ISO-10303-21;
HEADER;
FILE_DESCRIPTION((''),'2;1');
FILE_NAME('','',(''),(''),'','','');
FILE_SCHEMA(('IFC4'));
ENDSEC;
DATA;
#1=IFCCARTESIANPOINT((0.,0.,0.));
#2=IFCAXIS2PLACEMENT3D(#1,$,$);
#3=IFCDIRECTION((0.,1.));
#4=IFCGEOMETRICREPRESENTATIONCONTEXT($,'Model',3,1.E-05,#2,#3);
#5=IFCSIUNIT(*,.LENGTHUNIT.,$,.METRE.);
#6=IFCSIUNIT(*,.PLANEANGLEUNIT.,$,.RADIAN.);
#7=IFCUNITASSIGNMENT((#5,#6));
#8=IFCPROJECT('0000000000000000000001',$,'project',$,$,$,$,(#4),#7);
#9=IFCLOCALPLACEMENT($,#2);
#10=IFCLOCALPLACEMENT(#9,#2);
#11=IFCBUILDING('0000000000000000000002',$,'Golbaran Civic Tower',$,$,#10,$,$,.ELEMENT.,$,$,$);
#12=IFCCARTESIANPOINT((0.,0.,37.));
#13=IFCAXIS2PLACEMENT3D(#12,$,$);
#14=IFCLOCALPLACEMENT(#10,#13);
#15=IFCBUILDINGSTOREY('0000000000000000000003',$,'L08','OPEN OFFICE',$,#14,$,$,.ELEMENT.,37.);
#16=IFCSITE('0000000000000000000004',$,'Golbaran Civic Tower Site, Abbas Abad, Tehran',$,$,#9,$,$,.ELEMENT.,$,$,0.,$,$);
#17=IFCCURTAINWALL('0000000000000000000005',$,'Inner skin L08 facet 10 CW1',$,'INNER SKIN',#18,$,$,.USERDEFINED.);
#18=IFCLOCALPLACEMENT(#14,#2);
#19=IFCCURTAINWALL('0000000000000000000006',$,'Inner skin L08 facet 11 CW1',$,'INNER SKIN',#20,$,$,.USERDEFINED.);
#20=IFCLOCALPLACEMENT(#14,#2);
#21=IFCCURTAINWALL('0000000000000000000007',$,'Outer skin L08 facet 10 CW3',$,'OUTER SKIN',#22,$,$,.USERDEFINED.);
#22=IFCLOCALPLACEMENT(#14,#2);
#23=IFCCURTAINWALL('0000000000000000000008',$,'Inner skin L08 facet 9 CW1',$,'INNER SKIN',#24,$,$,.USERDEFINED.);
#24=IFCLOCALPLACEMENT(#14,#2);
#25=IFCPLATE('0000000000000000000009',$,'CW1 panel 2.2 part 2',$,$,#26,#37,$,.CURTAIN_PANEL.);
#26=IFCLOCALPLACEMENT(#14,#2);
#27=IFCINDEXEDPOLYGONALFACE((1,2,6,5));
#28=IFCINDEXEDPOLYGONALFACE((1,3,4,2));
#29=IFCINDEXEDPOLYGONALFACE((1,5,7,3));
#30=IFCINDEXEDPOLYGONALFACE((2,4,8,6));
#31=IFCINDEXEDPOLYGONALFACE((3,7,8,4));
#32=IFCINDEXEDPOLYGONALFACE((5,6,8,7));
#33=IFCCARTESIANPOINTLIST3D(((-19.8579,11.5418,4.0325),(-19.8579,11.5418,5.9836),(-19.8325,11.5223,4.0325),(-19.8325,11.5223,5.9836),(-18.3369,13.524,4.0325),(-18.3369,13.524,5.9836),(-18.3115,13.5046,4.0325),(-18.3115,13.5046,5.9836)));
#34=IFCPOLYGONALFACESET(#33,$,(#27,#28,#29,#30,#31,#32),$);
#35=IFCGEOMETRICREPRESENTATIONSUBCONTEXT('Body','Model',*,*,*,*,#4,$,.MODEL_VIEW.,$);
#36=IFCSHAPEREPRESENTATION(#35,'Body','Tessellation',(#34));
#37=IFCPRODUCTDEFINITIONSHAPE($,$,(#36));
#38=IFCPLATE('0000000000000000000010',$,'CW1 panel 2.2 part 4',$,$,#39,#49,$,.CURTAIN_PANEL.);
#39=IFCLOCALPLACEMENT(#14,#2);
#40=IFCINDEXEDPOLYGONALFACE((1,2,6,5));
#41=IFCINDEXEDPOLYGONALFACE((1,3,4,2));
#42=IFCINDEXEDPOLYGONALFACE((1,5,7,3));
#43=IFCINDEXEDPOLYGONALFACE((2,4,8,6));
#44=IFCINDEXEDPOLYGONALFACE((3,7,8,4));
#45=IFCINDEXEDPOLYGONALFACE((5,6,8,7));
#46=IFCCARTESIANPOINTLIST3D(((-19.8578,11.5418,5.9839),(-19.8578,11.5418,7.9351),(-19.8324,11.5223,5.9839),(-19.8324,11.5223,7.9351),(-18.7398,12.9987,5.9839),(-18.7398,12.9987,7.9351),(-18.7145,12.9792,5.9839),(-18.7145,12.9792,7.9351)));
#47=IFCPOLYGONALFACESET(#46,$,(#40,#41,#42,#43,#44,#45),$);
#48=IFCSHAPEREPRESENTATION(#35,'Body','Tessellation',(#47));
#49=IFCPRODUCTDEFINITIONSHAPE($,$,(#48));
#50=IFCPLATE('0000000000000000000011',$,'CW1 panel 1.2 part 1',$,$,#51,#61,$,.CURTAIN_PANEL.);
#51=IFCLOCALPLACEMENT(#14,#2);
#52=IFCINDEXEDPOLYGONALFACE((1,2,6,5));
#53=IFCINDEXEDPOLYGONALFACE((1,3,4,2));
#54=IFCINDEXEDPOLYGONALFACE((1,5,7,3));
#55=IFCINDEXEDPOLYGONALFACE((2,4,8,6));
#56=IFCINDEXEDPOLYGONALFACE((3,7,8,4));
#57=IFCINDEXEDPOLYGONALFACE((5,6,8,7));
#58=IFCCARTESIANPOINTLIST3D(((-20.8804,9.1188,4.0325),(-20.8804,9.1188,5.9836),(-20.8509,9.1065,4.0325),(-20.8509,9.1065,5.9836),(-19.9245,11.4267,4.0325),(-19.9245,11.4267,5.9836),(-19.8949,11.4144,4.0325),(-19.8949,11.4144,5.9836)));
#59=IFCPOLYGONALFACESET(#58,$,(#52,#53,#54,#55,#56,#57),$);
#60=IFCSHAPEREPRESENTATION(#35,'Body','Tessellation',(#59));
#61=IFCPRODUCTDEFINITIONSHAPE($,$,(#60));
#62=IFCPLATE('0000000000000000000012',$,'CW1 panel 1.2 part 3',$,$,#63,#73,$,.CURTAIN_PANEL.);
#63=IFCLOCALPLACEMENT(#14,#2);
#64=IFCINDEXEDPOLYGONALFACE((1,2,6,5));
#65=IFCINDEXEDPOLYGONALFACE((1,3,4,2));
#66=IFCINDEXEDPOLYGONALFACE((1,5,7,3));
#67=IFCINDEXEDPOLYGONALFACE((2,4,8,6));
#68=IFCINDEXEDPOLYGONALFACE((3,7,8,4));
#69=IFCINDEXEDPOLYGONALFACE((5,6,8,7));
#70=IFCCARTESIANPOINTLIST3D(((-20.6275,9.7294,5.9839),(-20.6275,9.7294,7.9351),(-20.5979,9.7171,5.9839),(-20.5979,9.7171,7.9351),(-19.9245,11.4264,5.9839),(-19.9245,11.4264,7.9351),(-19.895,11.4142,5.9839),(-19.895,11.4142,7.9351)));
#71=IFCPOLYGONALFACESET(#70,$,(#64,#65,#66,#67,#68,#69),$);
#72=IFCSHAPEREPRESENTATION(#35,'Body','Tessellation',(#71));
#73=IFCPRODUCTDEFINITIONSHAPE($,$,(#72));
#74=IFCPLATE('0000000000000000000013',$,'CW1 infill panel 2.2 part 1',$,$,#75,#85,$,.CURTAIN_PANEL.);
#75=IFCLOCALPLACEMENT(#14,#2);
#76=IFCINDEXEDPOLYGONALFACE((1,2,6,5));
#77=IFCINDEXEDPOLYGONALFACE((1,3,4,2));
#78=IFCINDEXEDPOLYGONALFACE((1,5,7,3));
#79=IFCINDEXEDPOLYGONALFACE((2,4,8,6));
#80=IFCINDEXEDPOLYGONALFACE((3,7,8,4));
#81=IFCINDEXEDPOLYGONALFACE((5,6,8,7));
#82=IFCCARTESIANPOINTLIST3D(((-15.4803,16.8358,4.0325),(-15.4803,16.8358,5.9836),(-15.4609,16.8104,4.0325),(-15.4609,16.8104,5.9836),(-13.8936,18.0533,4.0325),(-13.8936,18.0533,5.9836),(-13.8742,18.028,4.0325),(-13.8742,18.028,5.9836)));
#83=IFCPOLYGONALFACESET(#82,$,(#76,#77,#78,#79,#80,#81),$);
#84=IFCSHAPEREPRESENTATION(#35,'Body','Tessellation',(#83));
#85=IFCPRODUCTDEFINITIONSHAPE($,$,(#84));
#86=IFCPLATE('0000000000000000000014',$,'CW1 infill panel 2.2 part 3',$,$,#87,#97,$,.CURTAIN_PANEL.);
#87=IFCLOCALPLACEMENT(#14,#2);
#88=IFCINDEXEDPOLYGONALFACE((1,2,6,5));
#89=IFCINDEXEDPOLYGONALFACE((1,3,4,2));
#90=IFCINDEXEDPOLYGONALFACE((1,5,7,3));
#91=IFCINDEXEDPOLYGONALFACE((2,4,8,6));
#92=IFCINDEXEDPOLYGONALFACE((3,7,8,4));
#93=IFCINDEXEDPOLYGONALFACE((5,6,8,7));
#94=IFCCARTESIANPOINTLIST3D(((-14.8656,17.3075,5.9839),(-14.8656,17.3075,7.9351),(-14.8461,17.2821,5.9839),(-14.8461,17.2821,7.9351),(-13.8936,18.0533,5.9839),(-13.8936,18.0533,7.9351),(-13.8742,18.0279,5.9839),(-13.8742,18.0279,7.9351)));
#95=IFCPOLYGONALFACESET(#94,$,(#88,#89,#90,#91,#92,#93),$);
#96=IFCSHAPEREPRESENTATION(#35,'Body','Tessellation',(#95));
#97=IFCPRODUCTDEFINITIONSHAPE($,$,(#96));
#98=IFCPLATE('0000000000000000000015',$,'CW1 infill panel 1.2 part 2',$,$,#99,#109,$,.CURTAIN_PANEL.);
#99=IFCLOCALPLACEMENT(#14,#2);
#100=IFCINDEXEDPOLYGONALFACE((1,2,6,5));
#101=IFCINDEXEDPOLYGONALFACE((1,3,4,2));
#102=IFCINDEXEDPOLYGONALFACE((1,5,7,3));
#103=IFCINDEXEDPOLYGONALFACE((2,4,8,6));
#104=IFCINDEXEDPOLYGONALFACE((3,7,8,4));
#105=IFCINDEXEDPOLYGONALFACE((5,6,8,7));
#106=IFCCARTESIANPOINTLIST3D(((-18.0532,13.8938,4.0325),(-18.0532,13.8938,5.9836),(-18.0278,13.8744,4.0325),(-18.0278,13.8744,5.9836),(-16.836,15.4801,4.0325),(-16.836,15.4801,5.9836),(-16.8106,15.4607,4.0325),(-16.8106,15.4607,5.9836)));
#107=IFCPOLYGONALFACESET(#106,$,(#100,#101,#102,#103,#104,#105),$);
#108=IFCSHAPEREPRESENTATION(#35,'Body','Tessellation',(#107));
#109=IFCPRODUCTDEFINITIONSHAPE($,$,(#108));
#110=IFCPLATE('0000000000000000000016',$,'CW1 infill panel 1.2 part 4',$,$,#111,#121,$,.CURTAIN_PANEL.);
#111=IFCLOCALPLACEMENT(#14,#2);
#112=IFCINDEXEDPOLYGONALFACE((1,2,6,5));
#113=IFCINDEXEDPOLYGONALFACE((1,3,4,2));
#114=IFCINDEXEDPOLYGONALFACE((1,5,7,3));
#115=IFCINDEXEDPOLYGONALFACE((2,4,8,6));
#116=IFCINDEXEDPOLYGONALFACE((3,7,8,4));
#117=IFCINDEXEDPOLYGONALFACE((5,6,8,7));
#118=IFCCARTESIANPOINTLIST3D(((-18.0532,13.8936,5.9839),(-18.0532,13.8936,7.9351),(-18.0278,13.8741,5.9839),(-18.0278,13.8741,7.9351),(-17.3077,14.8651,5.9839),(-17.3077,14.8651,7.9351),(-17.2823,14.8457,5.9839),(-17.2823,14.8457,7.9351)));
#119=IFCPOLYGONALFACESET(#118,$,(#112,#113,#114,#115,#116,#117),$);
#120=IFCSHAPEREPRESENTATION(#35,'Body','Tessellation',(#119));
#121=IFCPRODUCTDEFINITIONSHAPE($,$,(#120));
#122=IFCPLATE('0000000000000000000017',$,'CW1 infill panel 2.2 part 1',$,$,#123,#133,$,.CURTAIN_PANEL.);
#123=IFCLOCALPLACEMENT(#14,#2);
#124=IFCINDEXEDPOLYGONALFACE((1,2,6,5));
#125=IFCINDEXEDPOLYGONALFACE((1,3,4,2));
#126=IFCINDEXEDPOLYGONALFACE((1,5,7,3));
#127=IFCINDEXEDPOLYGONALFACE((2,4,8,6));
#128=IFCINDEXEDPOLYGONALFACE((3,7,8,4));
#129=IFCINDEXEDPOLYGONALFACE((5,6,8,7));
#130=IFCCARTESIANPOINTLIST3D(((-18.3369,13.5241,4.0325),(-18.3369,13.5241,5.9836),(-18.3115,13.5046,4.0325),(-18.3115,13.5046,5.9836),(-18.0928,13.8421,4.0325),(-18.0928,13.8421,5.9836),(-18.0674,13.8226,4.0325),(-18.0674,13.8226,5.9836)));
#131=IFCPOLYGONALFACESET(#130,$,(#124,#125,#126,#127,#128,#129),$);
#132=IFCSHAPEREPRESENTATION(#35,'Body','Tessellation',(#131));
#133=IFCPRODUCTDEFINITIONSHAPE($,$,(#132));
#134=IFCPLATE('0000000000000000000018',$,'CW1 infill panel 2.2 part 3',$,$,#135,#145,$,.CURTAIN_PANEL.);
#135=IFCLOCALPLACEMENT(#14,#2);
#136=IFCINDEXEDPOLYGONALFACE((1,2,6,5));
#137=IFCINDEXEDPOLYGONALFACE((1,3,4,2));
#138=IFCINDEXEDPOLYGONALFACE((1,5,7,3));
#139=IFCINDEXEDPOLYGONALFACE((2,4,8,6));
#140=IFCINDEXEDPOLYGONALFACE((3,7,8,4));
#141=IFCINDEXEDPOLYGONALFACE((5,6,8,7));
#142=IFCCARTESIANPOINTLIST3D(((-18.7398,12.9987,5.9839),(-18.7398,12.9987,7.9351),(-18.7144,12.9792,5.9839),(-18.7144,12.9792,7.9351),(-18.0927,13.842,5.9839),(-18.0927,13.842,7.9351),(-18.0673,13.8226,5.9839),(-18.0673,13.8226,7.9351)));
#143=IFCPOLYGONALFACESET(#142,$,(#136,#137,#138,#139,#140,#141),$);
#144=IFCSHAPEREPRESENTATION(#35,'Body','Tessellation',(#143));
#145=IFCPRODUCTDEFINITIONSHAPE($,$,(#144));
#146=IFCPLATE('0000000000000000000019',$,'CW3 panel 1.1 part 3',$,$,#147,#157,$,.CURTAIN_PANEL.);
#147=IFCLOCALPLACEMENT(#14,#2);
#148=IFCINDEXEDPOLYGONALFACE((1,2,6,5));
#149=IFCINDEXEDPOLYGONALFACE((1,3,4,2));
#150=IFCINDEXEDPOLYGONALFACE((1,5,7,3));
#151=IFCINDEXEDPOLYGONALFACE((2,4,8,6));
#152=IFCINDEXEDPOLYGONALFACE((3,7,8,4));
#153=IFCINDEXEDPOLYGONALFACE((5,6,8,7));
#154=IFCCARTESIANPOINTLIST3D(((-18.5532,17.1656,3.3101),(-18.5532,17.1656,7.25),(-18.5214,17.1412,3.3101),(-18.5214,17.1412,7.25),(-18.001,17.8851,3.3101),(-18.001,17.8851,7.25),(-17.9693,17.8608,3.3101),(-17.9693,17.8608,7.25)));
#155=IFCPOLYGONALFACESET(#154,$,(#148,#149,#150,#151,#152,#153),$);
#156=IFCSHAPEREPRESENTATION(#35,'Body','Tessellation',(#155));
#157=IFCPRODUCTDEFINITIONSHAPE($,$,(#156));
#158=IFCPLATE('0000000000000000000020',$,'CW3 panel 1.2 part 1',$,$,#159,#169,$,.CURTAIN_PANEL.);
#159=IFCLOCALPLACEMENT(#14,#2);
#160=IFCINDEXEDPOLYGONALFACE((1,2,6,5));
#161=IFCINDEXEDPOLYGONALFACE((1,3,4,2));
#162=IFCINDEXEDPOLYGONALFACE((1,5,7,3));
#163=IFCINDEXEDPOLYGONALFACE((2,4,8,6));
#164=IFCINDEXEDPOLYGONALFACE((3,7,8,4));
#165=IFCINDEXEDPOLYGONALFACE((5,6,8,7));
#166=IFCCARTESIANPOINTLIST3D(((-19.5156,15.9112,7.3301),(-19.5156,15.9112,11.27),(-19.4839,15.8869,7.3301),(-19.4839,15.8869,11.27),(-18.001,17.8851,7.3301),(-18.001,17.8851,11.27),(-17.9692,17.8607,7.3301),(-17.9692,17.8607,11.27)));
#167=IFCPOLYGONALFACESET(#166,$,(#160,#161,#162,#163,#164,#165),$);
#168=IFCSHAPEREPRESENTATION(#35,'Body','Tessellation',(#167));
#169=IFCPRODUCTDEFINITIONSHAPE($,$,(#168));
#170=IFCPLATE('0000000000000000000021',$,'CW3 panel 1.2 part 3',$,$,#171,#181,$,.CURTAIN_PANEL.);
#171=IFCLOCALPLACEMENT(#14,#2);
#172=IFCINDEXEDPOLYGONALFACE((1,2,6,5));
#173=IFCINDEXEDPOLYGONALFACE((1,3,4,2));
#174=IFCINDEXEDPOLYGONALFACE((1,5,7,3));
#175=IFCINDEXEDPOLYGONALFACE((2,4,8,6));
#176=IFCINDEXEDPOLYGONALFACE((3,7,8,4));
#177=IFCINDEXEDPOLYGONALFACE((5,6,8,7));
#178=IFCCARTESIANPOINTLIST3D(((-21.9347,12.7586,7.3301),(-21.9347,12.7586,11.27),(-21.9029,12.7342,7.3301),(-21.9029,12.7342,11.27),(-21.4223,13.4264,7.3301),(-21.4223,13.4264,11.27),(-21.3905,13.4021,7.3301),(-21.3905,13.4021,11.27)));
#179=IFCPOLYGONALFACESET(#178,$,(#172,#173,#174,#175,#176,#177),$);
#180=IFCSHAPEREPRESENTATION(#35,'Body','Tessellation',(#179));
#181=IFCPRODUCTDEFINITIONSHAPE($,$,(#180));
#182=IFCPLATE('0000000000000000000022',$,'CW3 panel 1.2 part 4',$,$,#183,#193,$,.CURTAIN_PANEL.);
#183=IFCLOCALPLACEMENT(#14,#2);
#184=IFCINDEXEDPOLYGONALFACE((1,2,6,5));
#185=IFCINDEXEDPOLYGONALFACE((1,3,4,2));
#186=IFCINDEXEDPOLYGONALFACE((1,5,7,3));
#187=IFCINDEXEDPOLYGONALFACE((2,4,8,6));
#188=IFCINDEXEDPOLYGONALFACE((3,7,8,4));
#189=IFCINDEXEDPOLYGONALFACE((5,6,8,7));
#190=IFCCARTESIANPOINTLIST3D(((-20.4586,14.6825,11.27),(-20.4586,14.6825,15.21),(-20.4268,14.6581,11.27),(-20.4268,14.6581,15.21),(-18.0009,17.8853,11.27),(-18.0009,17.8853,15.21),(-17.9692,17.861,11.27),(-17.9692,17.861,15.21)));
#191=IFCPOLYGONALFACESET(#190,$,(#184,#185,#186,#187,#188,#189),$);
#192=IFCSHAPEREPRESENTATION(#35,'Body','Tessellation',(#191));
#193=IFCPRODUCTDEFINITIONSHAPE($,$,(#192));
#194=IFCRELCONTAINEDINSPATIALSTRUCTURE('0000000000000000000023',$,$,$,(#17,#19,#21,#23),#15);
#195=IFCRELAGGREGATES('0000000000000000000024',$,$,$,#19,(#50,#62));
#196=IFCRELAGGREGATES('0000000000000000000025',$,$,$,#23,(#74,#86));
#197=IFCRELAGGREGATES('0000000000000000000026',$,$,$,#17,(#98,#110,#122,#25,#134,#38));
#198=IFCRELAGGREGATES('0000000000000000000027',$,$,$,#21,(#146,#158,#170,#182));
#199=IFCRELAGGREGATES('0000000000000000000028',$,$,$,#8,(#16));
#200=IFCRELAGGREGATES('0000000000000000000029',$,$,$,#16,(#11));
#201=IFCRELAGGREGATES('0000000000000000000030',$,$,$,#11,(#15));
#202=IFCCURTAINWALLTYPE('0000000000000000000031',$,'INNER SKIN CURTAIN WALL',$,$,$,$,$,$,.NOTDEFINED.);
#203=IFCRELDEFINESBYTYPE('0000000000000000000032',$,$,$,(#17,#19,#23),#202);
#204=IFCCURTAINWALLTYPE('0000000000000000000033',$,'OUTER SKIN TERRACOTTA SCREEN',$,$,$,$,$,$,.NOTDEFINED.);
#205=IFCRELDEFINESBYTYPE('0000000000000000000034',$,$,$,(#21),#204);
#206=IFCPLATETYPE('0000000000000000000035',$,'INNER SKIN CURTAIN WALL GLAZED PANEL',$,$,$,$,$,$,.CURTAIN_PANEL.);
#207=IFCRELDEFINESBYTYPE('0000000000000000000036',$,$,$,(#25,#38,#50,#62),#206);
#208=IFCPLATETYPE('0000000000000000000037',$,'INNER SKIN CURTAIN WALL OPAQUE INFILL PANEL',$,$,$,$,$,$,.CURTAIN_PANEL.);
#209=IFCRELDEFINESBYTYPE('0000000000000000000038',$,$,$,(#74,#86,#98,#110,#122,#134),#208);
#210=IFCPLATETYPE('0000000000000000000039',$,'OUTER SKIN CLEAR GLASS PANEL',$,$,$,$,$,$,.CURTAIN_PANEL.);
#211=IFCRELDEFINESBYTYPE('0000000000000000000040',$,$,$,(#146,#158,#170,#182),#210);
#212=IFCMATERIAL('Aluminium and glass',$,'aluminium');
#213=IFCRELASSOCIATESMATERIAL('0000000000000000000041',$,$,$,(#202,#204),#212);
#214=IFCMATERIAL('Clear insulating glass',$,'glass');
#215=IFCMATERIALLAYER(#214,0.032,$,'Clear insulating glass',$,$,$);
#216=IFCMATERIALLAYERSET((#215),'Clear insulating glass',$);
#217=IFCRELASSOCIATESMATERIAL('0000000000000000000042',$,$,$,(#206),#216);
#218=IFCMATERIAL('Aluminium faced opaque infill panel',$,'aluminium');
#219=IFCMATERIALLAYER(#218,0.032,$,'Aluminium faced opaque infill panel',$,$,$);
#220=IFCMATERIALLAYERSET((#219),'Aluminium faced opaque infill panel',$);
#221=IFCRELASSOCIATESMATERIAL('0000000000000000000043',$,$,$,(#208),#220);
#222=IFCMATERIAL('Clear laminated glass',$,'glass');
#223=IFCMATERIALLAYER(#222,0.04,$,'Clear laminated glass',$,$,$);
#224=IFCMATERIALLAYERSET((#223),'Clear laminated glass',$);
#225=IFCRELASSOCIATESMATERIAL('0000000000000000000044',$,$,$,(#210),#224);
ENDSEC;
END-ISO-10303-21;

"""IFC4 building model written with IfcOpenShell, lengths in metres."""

from ifc_helpers import new_model, si_unit, direction, frame, origin, origin_2d, place, context, subcontext, project, spatial, rectangle, extrude, material, layer, layer_set, type_object, element, aggregate, save


model = new_model("IFC4")

# Units and contexts
model_context = context("Model", 3, precision=1e-05, world=origin(), true_north=direction((0.0, 1.0)))
body_context = subcontext(model_context, "Body", "Model", "MODEL_VIEW")
ifc_project = project(units=[si_unit("LENGTHUNIT", "METRE"), si_unit("PLANEANGLEUNIT", "RADIAN")], contexts=[model_context])

# Site, building, storey
site_placement = place(None, origin())
site = spatial("IfcSite", under=ifc_project, at=site_placement, Name="Golbaran Civic Tower Site, Abbas Abad, Tehran", CompositionType="ELEMENT", RefElevation=0.0)
building_placement = place(site_placement, origin())
building = spatial("IfcBuilding", under=site, at=building_placement, Name="Golbaran Civic Tower", CompositionType="ELEMENT")
storey_placement = place(building_placement, frame((0.0, 0.0, 37.0)))
storey = spatial("IfcBuildingStorey", under=building, at=storey_placement, Name="L08", Description="OPEN OFFICE", CompositionType="ELEMENT", Elevation=37.0)

# Curtain walls
ifc_material_1 = material(Name="Aluminium and glass", Category="aluminium")
curtain_wall_type_1 = type_object("IfcCurtainWallType", Name="INNER SKIN CURTAIN WALL", PredefinedType="NOTDEFINED", material=ifc_material_1)
curtain_wall_1_placement = place(storey_placement, origin())
curtain_wall_1 = element("IfcCurtainWall", 1, at=curtain_wall_1_placement, inside=storey, type_object=curtain_wall_type_1, Name="Inner skin L08 facet 10 CW1", ObjectType="INNER SKIN", PredefinedType="USERDEFINED")
curtain_wall_2_placement = place(storey_placement, origin())
curtain_wall_2 = element("IfcCurtainWall", 2, at=curtain_wall_2_placement, inside=storey, type_object=curtain_wall_type_1, Name="Inner skin L08 facet 11 CW1", ObjectType="INNER SKIN", PredefinedType="USERDEFINED")
curtain_wall_type_2 = type_object("IfcCurtainWallType", Name="OUTER SKIN TERRACOTTA SCREEN", PredefinedType="NOTDEFINED", material=ifc_material_1)
curtain_wall_3_placement = place(storey_placement, origin())
curtain_wall_3 = element("IfcCurtainWall", 3, at=curtain_wall_3_placement, inside=storey, type_object=curtain_wall_type_2, Name="Outer skin L08 facet 10 CW3", ObjectType="OUTER SKIN", PredefinedType="USERDEFINED")

# Curtain wall
curtain_wall_4_placement = place(storey_placement, origin())
curtain_wall_4 = element("IfcCurtainWall", 4, at=curtain_wall_4_placement, inside=storey, type_object=curtain_wall_type_1, Name="Inner skin L08 facet 9 CW1", ObjectType="INNER SKIN", PredefinedType="USERDEFINED")
ifc_material_2 = material(Name="Clear insulating glass", Category="glass")
ifc_layer_1 = layer(ifc_material_2, 0.032, Name="Clear insulating glass")
ifc_layer_set_1 = layer_set([ifc_layer_1], Name="Clear insulating glass")
plate_type_1 = type_object("IfcPlateType", Name="INNER SKIN CURTAIN WALL GLAZED PANEL", PredefinedType="CURTAIN_PANEL", material=ifc_layer_set_1)

# Plates
plate_1_placement = place(storey_placement, frame((-19.0847, 12.5232, 4.0325), z_axis=(0.0, 0.0, 1.0), x_axis=(-0.608761, -0.793353, 0.0)))
plate_1 = element("IfcPlate", 5, at=plate_1_placement, type_object=plate_type_1, Name="CW1 panel 2.2 part 2", PredefinedType="CURTAIN_PANEL", context=body_context, shape_type="SweptSolid", body=[
    extrude(rectangle(XDim=2.4985, YDim=0.032, at=origin_2d()), origin(), (0.0, 0.0, 1.0), 1.9512),
])
plate_2_placement = place(storey_placement, frame((-19.2861, 12.2605, 5.9839), z_axis=(0.0, 0.0, 1.0), x_axis=(-0.608761, -0.793353, 0.0)))
plate_2 = element("IfcPlate", 6, at=plate_2_placement, type_object=plate_type_1, Name="CW1 panel 2.2 part 4", PredefinedType="CURTAIN_PANEL", context=body_context, shape_type="SweptSolid", body=[
    extrude(rectangle(XDim=1.8364, YDim=0.032, at=origin_2d()), origin(), (0.0, 0.0, 1.0), 1.9512),
])
plate_3_placement = place(storey_placement, frame((-20.3877, 10.2666, 4.0325), z_axis=(0.0, 0.0, 1.0), x_axis=(-0.382683, -0.92388, 0.0)))
plate_3 = element("IfcPlate", 7, at=plate_3_placement, type_object=plate_type_1, Name="CW1 panel 1.2 part 1", PredefinedType="CURTAIN_PANEL", context=body_context, shape_type="SweptSolid", body=[
    extrude(rectangle(XDim=2.498, YDim=0.032, at=origin_2d()), origin(), (0.0, 0.0, 1.0), 1.9512),
])
plate_4_placement = place(storey_placement, frame((-20.2612, 10.5718, 5.9839), z_axis=(0.0, 0.0, 1.0), x_axis=(-0.382683, -0.92388, 0.0)))
plate_4 = element("IfcPlate", 8, at=plate_4_placement, type_object=plate_type_1, Name="CW1 panel 1.2 part 3", PredefinedType="CURTAIN_PANEL", context=body_context, shape_type="SweptSolid", body=[
    extrude(rectangle(XDim=1.8369, YDim=0.032, at=origin_2d()), origin(), (0.0, 0.0, 1.0), 1.9512),
])
aggregate(curtain_wall_2, [plate_3, plate_4])
ifc_material_3 = material(Name="Aluminium faced opaque infill panel", Category="aluminium")
ifc_layer_2 = layer(ifc_material_3, 0.032, Name="Aluminium faced opaque infill panel")
ifc_layer_set_2 = layer_set([ifc_layer_2], Name="Aluminium faced opaque infill panel")
plate_type_2 = type_object("IfcPlateType", Name="INNER SKIN CURTAIN WALL OPAQUE INFILL PANEL", PredefinedType="CURTAIN_PANEL", material=ifc_layer_set_2)
plate_5_placement = place(storey_placement, frame((-14.6772, 17.4319, 4.0325), z_axis=(0.0, 0.0, 1.0), x_axis=(-0.793353, -0.608761, 0.0)))
plate_5 = element("IfcPlate", 9, at=plate_5_placement, type_object=plate_type_2, Name="CW1 infill panel 2.2 part 1", PredefinedType="CURTAIN_PANEL", context=body_context, shape_type="SweptSolid", body=[
    extrude(rectangle(XDim=2.0, YDim=0.032, at=origin_2d()), origin(), (0.0, 0.0, 1.0), 1.9512),
])
plate_6_placement = place(storey_placement, frame((-14.3699, 17.6677, 5.9839), z_axis=(0.0, 0.0, 1.0), x_axis=(-0.793353, -0.608761, 0.0)))
plate_6 = element("IfcPlate", 10, at=plate_6_placement, type_object=plate_type_2, Name="CW1 infill panel 2.2 part 3", PredefinedType="CURTAIN_PANEL", context=body_context, shape_type="SweptSolid", body=[
    extrude(rectangle(XDim=1.2251, YDim=0.032, at=origin_2d()), origin(), (0.0, 0.0, 1.0), 1.9512),
])
aggregate(curtain_wall_4, [plate_5, plate_6])
plate_7_placement = place(storey_placement, frame((-17.4319, 14.6772, 4.0325), z_axis=(0.0, 0.0, 1.0), x_axis=(-0.608761, -0.793353, 0.0)))
plate_7 = element("IfcPlate", 11, at=plate_7_placement, type_object=plate_type_2, Name="CW1 infill panel 1.2 part 2", PredefinedType="CURTAIN_PANEL", context=body_context, shape_type="SweptSolid", body=[
    extrude(rectangle(XDim=1.9995, YDim=0.032, at=origin_2d()), origin(), (0.0, 0.0, 1.0), 1.9512),
])
plate_8_placement = place(storey_placement, frame((-17.6677, 14.3696, 5.9839), z_axis=(0.0, 0.0, 1.0), x_axis=(-0.608761, -0.793353, 0.0)))
plate_8 = element("IfcPlate", 12, at=plate_8_placement, type_object=plate_type_2, Name="CW1 infill panel 1.2 part 4", PredefinedType="CURTAIN_PANEL", context=body_context, shape_type="SweptSolid", body=[
    extrude(rectangle(XDim=1.2246, YDim=0.032, at=origin_2d()), origin(), (0.0, 0.0, 1.0), 1.9512),
])
plate_9_placement = place(storey_placement, frame((-18.2021, 13.6733, 4.0325), z_axis=(0.0, 0.0, 1.0), x_axis=(-0.608761, -0.793353, 0.0)))
plate_9 = element("IfcPlate", 13, at=plate_9_placement, type_object=plate_type_2, Name="CW1 infill panel 2.2 part 1", PredefinedType="CURTAIN_PANEL", context=body_context, shape_type="SweptSolid", body=[
    extrude(rectangle(XDim=0.4009, YDim=0.032, at=origin_2d()), origin(), (0.0, 0.0, 1.0), 1.9512),
])
plate_10_placement = place(storey_placement, frame((-18.4036, 13.4106, 5.9839), z_axis=(0.0, 0.0, 1.0), x_axis=(-0.608761, -0.793353, 0.0)))
plate_10 = element("IfcPlate", 14, at=plate_10_placement, type_object=plate_type_2, Name="CW1 infill panel 2.2 part 3", PredefinedType="CURTAIN_PANEL", context=body_context, shape_type="SweptSolid", body=[
    extrude(rectangle(XDim=1.063, YDim=0.032, at=origin_2d()), origin(), (0.0, 0.0, 1.0), 1.9512),
])
aggregate(curtain_wall_1, [plate_7, plate_8, plate_9, plate_1, plate_10, plate_2])
ifc_material_4 = material(Name="Clear laminated glass", Category="glass")
ifc_layer_3 = layer(ifc_material_4, 0.04, Name="Clear laminated glass")
ifc_layer_set_3 = layer_set([ifc_layer_3], Name="Clear laminated glass")
plate_type_3 = type_object("IfcPlateType", Name="OUTER SKIN CLEAR GLASS PANEL", PredefinedType="CURTAIN_PANEL", material=ifc_layer_set_3)
plate_11_placement = place(storey_placement, frame((-18.2612, 17.5132, 3.3101), z_axis=(0.0, 0.0, 1.0), x_axis=(-0.608761, -0.793353, 0.0)))
plate_11 = element("IfcPlate", 15, at=plate_11_placement, type_object=plate_type_3, Name="CW3 panel 1.1 part 3", PredefinedType="CURTAIN_PANEL", context=body_context, shape_type="SweptSolid", body=[
    extrude(rectangle(XDim=0.907, YDim=0.04, at=origin_2d()), origin(), (0.0, 0.0, 1.0), 3.9399),
])
plate_12_placement = place(storey_placement, frame((-18.7424, 16.886, 7.3301), z_axis=(0.0, 0.0, 1.0), x_axis=(-0.608761, -0.793353, 0.0)))
plate_12 = element("IfcPlate", 16, at=plate_12_placement, type_object=plate_type_3, Name="CW3 panel 1.2 part 1", PredefinedType="CURTAIN_PANEL", context=body_context, shape_type="SweptSolid", body=[
    extrude(rectangle(XDim=2.488, YDim=0.04, at=origin_2d()), origin(), (0.0, 0.0, 1.0), 3.9399),
])
plate_13_placement = place(storey_placement, frame((-21.6626, 13.0803, 7.3301), z_axis=(0.0, 0.0, 1.0), x_axis=(-0.608761, -0.793353, 0.0)))
plate_13 = element("IfcPlate", 17, at=plate_13_placement, type_object=plate_type_3, Name="CW3 panel 1.2 part 3", PredefinedType="CURTAIN_PANEL", context=body_context, shape_type="SweptSolid", body=[
    extrude(rectangle(XDim=0.8418, YDim=0.04, at=origin_2d()), origin(), (0.0, 0.0, 1.0), 3.9399),
])
plate_14_placement = place(storey_placement, frame((-19.2139, 16.2717, 11.27), z_axis=(0.0, 0.0, 1.0), x_axis=(-0.608761, -0.793353, 0.0)))
plate_14 = element("IfcPlate", 18, at=plate_14_placement, type_object=plate_type_3, Name="CW3 panel 1.2 part 4", PredefinedType="CURTAIN_PANEL", context=body_context, shape_type="SweptSolid", body=[
    extrude(rectangle(XDim=4.0371, YDim=0.04, at=origin_2d()), origin(), (0.0, 0.0, 1.0), 3.9399),
])
aggregate(curtain_wall_3, [plate_11, plate_12, plate_13, plate_14])

save(model, "model.ifc")
